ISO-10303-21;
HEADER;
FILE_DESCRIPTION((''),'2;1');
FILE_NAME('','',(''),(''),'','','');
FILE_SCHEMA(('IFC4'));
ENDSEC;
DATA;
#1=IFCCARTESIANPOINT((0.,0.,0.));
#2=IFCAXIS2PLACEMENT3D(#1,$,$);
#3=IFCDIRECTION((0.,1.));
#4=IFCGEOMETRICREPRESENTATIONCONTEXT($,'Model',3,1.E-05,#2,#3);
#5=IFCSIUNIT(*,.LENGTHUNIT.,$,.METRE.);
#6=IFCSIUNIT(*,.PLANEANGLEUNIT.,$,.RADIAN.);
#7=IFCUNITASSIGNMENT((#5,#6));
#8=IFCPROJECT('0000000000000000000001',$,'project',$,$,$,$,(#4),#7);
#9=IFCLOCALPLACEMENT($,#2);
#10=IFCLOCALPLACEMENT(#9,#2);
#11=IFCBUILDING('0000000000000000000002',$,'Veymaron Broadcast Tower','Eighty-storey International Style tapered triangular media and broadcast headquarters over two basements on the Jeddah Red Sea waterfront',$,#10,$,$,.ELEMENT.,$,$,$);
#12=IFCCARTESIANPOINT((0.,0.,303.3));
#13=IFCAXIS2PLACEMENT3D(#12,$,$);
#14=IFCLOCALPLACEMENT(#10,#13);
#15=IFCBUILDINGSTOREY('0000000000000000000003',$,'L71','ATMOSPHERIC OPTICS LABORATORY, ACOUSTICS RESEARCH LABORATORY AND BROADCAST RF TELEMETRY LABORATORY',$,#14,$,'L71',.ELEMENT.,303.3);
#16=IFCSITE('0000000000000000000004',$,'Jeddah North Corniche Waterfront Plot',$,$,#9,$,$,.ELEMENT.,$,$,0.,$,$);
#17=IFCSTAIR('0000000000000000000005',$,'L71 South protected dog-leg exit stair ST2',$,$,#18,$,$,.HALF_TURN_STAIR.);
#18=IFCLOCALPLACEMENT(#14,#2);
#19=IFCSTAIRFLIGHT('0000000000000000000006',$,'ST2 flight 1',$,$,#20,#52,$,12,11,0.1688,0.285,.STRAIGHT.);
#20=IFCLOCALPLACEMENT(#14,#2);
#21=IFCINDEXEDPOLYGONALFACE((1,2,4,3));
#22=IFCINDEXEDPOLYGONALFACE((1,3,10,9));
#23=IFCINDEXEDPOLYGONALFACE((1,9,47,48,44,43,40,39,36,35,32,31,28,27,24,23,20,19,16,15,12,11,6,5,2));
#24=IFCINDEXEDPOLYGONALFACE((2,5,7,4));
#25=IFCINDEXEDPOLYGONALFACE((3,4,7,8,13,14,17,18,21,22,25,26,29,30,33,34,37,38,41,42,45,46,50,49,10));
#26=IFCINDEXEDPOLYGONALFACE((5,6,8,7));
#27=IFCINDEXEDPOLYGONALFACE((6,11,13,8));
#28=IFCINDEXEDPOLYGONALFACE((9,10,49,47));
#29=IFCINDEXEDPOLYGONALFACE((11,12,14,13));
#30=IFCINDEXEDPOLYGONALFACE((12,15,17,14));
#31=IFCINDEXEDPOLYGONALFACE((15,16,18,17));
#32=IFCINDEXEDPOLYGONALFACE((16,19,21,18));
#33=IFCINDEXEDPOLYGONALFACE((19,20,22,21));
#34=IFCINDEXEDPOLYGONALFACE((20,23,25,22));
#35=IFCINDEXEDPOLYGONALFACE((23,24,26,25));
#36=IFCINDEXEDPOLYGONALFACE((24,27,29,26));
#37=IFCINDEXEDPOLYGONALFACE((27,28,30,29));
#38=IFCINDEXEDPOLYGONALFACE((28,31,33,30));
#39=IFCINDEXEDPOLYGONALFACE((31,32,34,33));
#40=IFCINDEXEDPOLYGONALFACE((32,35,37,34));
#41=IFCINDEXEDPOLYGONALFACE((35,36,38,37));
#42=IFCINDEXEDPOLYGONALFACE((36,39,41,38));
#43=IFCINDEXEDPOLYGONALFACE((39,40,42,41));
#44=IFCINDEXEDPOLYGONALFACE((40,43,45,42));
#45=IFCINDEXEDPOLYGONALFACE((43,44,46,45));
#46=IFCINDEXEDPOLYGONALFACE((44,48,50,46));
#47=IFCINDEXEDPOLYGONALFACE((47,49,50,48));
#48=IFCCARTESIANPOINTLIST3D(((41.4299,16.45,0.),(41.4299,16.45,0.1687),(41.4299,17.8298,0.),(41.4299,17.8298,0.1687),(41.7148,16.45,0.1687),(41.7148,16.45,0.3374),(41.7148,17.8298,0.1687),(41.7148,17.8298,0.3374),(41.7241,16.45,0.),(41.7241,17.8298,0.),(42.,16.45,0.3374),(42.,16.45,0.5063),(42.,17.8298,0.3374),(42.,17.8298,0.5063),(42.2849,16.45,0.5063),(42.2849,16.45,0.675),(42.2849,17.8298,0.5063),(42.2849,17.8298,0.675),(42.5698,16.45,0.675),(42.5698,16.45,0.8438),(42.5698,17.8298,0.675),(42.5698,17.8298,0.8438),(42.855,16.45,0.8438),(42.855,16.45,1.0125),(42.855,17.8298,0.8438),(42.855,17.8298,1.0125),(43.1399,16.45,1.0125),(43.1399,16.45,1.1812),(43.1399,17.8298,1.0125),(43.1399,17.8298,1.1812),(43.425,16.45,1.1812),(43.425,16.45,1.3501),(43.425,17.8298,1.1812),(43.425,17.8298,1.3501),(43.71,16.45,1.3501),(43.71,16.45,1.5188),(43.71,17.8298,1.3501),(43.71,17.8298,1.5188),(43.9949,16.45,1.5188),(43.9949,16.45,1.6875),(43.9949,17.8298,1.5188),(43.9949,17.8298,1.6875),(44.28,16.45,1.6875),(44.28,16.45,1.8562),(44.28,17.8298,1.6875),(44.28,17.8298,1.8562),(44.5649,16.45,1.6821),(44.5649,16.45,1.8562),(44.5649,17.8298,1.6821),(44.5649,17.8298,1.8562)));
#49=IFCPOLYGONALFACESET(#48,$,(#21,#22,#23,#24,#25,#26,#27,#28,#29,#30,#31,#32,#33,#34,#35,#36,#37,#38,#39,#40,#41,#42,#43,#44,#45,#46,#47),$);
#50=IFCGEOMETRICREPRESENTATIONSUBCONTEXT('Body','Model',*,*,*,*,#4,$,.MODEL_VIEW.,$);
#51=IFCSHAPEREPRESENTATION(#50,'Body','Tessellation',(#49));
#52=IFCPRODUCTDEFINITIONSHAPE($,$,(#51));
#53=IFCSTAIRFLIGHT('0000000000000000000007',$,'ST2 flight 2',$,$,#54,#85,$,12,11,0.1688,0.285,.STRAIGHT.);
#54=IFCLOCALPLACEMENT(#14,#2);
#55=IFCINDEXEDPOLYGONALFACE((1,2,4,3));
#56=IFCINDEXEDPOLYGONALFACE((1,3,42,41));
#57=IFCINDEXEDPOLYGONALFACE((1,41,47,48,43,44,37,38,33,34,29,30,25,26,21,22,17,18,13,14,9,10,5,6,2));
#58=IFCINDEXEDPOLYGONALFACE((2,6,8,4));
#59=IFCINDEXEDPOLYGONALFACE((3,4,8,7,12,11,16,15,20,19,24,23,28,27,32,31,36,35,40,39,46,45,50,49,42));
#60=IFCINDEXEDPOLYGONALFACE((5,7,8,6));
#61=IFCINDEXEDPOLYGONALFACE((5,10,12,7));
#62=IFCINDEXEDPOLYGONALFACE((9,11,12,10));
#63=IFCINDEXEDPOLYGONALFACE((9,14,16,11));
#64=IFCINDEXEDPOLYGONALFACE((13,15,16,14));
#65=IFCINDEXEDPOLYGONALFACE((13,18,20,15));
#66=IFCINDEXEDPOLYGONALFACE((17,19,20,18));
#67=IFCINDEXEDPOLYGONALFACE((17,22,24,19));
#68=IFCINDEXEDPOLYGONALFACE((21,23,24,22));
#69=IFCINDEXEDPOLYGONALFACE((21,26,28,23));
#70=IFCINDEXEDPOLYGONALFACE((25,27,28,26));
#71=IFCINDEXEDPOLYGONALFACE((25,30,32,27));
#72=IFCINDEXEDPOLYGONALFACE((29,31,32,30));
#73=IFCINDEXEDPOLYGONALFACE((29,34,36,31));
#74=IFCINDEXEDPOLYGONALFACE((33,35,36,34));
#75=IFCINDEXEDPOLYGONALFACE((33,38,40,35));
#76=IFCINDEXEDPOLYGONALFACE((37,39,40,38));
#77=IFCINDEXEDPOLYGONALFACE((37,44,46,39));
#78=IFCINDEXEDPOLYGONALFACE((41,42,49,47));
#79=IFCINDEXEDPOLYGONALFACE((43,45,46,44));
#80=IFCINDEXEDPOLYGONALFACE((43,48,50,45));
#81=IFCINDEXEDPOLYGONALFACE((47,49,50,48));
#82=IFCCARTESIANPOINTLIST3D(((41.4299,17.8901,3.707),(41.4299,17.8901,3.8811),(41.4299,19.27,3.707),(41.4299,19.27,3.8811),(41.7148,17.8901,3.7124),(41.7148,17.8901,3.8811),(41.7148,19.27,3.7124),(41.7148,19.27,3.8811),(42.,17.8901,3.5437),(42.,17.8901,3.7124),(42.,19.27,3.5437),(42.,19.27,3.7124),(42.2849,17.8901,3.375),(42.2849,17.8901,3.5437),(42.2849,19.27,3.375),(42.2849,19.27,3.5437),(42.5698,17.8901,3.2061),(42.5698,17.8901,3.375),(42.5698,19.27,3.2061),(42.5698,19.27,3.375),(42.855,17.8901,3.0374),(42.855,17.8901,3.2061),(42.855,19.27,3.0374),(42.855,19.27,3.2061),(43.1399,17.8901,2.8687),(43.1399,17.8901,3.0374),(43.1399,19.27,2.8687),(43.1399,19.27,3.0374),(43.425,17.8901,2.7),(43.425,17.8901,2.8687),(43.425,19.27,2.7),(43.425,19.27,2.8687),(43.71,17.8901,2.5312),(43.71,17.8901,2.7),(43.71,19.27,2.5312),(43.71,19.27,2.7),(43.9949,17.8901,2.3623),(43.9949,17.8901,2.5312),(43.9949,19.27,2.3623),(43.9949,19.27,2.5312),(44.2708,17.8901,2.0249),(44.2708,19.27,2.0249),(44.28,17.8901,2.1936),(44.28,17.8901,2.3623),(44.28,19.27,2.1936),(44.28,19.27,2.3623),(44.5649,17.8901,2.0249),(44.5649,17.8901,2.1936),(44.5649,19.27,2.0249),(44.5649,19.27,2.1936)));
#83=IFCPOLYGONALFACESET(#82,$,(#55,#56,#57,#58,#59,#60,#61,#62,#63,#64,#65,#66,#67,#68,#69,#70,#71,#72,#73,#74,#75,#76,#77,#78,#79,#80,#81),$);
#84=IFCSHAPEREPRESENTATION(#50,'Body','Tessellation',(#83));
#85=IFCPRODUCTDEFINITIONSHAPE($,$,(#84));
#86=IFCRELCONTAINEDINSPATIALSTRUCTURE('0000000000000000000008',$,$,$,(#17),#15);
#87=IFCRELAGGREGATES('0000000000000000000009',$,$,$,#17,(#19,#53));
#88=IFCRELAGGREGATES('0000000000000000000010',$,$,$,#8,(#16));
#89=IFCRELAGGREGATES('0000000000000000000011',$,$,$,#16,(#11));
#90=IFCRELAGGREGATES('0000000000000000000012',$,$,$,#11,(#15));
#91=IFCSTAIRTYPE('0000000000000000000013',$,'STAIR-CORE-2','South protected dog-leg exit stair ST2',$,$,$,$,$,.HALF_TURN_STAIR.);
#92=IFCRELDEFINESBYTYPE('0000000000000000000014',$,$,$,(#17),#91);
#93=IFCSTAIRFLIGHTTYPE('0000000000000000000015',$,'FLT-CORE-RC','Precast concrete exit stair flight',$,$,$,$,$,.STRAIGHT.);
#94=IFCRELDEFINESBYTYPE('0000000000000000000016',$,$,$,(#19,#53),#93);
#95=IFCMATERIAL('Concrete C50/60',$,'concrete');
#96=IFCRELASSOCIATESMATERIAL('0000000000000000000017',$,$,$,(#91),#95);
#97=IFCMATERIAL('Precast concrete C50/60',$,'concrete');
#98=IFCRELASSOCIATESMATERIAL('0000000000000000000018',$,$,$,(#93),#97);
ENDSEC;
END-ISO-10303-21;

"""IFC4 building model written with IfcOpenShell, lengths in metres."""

from ifc_helpers import new_model, si_unit, direction, frame, origin, place, context, subcontext, project, spatial, polyline, outline, extrude, material, type_object, element, aggregate, save


model = new_model("IFC4")

# Units and contexts
model_context = context("Model", 3, precision=1e-05, world=origin(), true_north=direction((0.0, 1.0)))
body_context = subcontext(model_context, "Body", "Model", "MODEL_VIEW")
ifc_project = project(units=[si_unit("LENGTHUNIT", "METRE"), si_unit("PLANEANGLEUNIT", "RADIAN")], contexts=[model_context])

# Site, building, storey
site_placement = place(None, origin())
site = spatial("IfcSite", under=ifc_project, at=site_placement, Name="Jeddah North Corniche Waterfront Plot", CompositionType="ELEMENT", RefElevation=0.0)
building_placement = place(site_placement, origin())
building = spatial("IfcBuilding", under=site, at=building_placement, Name="Veymaron Broadcast Tower", Description="Eighty-storey International Style tapered triangular media and broadcast headquarters over two basements on the Jeddah Red Sea waterfront", CompositionType="ELEMENT")
storey_placement = place(building_placement, frame((0.0, 0.0, 303.3)))
storey = spatial("IfcBuildingStorey", under=building, at=storey_placement, Name="L71", Description="ATMOSPHERIC OPTICS LABORATORY, ACOUSTICS RESEARCH LABORATORY AND BROADCAST RF TELEMETRY LABORATORY", LongName="L71", CompositionType="ELEMENT", Elevation=303.3)

# Shared definitions
ifc_material_1 = material(Name="Concrete C50/60", Category="concrete")

# Stair, stair flights
stair_type = type_object("IfcStairType", Name="STAIR-CORE-2", Description="South protected dog-leg exit stair ST2", PredefinedType="HALF_TURN_STAIR", material=ifc_material_1)
stair_placement = place(storey_placement, origin())
stair = element("IfcStair", 1, at=stair_placement, inside=storey, type_object=stair_type, Name="L71 South protected dog-leg exit stair ST2", PredefinedType="HALF_TURN_STAIR")
ifc_material_2 = material(Name="Precast concrete C50/60", Category="concrete")
stair_flight_type = type_object("IfcStairFlightType", Name="FLT-CORE-RC", Description="Precast concrete exit stair flight", PredefinedType="STRAIGHT", material=ifc_material_2)
stair_flight_1_placement = place(storey_placement, frame((41.4299, 17.1399, 0.0), z_axis=(0.0, 0.0, 1.0), x_axis=(1.0, 0.0, 0.0)))
stair_flight_1 = element("IfcStairFlight", 2, at=stair_flight_1_placement, type_object=stair_flight_type, Name="ST2 flight 1", NumberOfRisers=12, NumberOfTreads=11, PredefinedType="STRAIGHT", RiserHeight=0.1688, TreadLength=0.285, context=body_context, shape_type="SweptSolid", body=[
    extrude(outline(polyline([(0.0, 0.0), (0.0, 0.1687), (0.2849, 0.1687), (0.2849, 0.3374), (0.5701, 0.3374), (0.5701, 0.5063), (0.855, 0.5063), (0.855, 0.675), (1.1399, 0.675), (1.1399, 0.8438), (1.425, 0.8438), (1.425, 1.0125), (1.71, 1.0125), (1.71, 1.1812), (1.9951, 1.1812), (1.9951, 1.3501), (2.28, 1.3501), (2.28, 1.5188), (2.5649, 1.5188), (2.5649, 1.6875), (2.8501, 1.6875), (2.8501, 1.8562), (3.135, 1.8562), (3.135, 2.0249), (3.135, 1.6821), (0.2942, 0.0), (0.0, 0.0)])), frame((0.0, 0.6899, 0.0), z_axis=(0.0, -1.0, 0.0), x_axis=(1.0, 0.0, 0.0)), (0.0, 0.0, 1.0), 1.3799),
])
stair_flight_2_placement = place(storey_placement, frame((44.5649, 18.5801, 2.0249), z_axis=(0.0, 0.0, 1.0), x_axis=(-1.0, 0.0, 0.0)))
stair_flight_2 = element("IfcStairFlight", 3, at=stair_flight_2_placement, type_object=stair_flight_type, Name="ST2 flight 2", NumberOfRisers=12, NumberOfTreads=11, PredefinedType="STRAIGHT", RiserHeight=0.1688, TreadLength=0.285, context=body_context, shape_type="SweptSolid", body=[
    extrude(outline(polyline([(0.0, 0.0), (0.0, 0.1687), (0.2849, 0.1687), (0.2849, 0.3374), (0.5701, 0.3374), (0.5701, 0.5063), (0.855, 0.5063), (0.855, 0.675), (1.1399, 0.675), (1.1399, 0.8438), (1.425, 0.8438), (1.425, 1.0125), (1.71, 1.0125), (1.71, 1.1812), (1.9951, 1.1812), (1.9951, 1.3501), (2.28, 1.3501), (2.28, 1.5188), (2.5649, 1.5188), (2.5649, 1.6875), (2.8501, 1.6875), (2.8501, 1.8562), (3.135, 1.8562), (3.135, 2.0249), (3.135, 1.6821), (0.2942, 0.0), (0.0, 0.0)])), frame((0.0, 0.6899, 0.0), z_axis=(0.0, -1.0, 0.0), x_axis=(1.0, 0.0, 0.0)), (0.0, 0.0, 1.0), 1.3799),
])
aggregate(stair, [stair_flight_1, stair_flight_2])

save(model, "model.ifc")
